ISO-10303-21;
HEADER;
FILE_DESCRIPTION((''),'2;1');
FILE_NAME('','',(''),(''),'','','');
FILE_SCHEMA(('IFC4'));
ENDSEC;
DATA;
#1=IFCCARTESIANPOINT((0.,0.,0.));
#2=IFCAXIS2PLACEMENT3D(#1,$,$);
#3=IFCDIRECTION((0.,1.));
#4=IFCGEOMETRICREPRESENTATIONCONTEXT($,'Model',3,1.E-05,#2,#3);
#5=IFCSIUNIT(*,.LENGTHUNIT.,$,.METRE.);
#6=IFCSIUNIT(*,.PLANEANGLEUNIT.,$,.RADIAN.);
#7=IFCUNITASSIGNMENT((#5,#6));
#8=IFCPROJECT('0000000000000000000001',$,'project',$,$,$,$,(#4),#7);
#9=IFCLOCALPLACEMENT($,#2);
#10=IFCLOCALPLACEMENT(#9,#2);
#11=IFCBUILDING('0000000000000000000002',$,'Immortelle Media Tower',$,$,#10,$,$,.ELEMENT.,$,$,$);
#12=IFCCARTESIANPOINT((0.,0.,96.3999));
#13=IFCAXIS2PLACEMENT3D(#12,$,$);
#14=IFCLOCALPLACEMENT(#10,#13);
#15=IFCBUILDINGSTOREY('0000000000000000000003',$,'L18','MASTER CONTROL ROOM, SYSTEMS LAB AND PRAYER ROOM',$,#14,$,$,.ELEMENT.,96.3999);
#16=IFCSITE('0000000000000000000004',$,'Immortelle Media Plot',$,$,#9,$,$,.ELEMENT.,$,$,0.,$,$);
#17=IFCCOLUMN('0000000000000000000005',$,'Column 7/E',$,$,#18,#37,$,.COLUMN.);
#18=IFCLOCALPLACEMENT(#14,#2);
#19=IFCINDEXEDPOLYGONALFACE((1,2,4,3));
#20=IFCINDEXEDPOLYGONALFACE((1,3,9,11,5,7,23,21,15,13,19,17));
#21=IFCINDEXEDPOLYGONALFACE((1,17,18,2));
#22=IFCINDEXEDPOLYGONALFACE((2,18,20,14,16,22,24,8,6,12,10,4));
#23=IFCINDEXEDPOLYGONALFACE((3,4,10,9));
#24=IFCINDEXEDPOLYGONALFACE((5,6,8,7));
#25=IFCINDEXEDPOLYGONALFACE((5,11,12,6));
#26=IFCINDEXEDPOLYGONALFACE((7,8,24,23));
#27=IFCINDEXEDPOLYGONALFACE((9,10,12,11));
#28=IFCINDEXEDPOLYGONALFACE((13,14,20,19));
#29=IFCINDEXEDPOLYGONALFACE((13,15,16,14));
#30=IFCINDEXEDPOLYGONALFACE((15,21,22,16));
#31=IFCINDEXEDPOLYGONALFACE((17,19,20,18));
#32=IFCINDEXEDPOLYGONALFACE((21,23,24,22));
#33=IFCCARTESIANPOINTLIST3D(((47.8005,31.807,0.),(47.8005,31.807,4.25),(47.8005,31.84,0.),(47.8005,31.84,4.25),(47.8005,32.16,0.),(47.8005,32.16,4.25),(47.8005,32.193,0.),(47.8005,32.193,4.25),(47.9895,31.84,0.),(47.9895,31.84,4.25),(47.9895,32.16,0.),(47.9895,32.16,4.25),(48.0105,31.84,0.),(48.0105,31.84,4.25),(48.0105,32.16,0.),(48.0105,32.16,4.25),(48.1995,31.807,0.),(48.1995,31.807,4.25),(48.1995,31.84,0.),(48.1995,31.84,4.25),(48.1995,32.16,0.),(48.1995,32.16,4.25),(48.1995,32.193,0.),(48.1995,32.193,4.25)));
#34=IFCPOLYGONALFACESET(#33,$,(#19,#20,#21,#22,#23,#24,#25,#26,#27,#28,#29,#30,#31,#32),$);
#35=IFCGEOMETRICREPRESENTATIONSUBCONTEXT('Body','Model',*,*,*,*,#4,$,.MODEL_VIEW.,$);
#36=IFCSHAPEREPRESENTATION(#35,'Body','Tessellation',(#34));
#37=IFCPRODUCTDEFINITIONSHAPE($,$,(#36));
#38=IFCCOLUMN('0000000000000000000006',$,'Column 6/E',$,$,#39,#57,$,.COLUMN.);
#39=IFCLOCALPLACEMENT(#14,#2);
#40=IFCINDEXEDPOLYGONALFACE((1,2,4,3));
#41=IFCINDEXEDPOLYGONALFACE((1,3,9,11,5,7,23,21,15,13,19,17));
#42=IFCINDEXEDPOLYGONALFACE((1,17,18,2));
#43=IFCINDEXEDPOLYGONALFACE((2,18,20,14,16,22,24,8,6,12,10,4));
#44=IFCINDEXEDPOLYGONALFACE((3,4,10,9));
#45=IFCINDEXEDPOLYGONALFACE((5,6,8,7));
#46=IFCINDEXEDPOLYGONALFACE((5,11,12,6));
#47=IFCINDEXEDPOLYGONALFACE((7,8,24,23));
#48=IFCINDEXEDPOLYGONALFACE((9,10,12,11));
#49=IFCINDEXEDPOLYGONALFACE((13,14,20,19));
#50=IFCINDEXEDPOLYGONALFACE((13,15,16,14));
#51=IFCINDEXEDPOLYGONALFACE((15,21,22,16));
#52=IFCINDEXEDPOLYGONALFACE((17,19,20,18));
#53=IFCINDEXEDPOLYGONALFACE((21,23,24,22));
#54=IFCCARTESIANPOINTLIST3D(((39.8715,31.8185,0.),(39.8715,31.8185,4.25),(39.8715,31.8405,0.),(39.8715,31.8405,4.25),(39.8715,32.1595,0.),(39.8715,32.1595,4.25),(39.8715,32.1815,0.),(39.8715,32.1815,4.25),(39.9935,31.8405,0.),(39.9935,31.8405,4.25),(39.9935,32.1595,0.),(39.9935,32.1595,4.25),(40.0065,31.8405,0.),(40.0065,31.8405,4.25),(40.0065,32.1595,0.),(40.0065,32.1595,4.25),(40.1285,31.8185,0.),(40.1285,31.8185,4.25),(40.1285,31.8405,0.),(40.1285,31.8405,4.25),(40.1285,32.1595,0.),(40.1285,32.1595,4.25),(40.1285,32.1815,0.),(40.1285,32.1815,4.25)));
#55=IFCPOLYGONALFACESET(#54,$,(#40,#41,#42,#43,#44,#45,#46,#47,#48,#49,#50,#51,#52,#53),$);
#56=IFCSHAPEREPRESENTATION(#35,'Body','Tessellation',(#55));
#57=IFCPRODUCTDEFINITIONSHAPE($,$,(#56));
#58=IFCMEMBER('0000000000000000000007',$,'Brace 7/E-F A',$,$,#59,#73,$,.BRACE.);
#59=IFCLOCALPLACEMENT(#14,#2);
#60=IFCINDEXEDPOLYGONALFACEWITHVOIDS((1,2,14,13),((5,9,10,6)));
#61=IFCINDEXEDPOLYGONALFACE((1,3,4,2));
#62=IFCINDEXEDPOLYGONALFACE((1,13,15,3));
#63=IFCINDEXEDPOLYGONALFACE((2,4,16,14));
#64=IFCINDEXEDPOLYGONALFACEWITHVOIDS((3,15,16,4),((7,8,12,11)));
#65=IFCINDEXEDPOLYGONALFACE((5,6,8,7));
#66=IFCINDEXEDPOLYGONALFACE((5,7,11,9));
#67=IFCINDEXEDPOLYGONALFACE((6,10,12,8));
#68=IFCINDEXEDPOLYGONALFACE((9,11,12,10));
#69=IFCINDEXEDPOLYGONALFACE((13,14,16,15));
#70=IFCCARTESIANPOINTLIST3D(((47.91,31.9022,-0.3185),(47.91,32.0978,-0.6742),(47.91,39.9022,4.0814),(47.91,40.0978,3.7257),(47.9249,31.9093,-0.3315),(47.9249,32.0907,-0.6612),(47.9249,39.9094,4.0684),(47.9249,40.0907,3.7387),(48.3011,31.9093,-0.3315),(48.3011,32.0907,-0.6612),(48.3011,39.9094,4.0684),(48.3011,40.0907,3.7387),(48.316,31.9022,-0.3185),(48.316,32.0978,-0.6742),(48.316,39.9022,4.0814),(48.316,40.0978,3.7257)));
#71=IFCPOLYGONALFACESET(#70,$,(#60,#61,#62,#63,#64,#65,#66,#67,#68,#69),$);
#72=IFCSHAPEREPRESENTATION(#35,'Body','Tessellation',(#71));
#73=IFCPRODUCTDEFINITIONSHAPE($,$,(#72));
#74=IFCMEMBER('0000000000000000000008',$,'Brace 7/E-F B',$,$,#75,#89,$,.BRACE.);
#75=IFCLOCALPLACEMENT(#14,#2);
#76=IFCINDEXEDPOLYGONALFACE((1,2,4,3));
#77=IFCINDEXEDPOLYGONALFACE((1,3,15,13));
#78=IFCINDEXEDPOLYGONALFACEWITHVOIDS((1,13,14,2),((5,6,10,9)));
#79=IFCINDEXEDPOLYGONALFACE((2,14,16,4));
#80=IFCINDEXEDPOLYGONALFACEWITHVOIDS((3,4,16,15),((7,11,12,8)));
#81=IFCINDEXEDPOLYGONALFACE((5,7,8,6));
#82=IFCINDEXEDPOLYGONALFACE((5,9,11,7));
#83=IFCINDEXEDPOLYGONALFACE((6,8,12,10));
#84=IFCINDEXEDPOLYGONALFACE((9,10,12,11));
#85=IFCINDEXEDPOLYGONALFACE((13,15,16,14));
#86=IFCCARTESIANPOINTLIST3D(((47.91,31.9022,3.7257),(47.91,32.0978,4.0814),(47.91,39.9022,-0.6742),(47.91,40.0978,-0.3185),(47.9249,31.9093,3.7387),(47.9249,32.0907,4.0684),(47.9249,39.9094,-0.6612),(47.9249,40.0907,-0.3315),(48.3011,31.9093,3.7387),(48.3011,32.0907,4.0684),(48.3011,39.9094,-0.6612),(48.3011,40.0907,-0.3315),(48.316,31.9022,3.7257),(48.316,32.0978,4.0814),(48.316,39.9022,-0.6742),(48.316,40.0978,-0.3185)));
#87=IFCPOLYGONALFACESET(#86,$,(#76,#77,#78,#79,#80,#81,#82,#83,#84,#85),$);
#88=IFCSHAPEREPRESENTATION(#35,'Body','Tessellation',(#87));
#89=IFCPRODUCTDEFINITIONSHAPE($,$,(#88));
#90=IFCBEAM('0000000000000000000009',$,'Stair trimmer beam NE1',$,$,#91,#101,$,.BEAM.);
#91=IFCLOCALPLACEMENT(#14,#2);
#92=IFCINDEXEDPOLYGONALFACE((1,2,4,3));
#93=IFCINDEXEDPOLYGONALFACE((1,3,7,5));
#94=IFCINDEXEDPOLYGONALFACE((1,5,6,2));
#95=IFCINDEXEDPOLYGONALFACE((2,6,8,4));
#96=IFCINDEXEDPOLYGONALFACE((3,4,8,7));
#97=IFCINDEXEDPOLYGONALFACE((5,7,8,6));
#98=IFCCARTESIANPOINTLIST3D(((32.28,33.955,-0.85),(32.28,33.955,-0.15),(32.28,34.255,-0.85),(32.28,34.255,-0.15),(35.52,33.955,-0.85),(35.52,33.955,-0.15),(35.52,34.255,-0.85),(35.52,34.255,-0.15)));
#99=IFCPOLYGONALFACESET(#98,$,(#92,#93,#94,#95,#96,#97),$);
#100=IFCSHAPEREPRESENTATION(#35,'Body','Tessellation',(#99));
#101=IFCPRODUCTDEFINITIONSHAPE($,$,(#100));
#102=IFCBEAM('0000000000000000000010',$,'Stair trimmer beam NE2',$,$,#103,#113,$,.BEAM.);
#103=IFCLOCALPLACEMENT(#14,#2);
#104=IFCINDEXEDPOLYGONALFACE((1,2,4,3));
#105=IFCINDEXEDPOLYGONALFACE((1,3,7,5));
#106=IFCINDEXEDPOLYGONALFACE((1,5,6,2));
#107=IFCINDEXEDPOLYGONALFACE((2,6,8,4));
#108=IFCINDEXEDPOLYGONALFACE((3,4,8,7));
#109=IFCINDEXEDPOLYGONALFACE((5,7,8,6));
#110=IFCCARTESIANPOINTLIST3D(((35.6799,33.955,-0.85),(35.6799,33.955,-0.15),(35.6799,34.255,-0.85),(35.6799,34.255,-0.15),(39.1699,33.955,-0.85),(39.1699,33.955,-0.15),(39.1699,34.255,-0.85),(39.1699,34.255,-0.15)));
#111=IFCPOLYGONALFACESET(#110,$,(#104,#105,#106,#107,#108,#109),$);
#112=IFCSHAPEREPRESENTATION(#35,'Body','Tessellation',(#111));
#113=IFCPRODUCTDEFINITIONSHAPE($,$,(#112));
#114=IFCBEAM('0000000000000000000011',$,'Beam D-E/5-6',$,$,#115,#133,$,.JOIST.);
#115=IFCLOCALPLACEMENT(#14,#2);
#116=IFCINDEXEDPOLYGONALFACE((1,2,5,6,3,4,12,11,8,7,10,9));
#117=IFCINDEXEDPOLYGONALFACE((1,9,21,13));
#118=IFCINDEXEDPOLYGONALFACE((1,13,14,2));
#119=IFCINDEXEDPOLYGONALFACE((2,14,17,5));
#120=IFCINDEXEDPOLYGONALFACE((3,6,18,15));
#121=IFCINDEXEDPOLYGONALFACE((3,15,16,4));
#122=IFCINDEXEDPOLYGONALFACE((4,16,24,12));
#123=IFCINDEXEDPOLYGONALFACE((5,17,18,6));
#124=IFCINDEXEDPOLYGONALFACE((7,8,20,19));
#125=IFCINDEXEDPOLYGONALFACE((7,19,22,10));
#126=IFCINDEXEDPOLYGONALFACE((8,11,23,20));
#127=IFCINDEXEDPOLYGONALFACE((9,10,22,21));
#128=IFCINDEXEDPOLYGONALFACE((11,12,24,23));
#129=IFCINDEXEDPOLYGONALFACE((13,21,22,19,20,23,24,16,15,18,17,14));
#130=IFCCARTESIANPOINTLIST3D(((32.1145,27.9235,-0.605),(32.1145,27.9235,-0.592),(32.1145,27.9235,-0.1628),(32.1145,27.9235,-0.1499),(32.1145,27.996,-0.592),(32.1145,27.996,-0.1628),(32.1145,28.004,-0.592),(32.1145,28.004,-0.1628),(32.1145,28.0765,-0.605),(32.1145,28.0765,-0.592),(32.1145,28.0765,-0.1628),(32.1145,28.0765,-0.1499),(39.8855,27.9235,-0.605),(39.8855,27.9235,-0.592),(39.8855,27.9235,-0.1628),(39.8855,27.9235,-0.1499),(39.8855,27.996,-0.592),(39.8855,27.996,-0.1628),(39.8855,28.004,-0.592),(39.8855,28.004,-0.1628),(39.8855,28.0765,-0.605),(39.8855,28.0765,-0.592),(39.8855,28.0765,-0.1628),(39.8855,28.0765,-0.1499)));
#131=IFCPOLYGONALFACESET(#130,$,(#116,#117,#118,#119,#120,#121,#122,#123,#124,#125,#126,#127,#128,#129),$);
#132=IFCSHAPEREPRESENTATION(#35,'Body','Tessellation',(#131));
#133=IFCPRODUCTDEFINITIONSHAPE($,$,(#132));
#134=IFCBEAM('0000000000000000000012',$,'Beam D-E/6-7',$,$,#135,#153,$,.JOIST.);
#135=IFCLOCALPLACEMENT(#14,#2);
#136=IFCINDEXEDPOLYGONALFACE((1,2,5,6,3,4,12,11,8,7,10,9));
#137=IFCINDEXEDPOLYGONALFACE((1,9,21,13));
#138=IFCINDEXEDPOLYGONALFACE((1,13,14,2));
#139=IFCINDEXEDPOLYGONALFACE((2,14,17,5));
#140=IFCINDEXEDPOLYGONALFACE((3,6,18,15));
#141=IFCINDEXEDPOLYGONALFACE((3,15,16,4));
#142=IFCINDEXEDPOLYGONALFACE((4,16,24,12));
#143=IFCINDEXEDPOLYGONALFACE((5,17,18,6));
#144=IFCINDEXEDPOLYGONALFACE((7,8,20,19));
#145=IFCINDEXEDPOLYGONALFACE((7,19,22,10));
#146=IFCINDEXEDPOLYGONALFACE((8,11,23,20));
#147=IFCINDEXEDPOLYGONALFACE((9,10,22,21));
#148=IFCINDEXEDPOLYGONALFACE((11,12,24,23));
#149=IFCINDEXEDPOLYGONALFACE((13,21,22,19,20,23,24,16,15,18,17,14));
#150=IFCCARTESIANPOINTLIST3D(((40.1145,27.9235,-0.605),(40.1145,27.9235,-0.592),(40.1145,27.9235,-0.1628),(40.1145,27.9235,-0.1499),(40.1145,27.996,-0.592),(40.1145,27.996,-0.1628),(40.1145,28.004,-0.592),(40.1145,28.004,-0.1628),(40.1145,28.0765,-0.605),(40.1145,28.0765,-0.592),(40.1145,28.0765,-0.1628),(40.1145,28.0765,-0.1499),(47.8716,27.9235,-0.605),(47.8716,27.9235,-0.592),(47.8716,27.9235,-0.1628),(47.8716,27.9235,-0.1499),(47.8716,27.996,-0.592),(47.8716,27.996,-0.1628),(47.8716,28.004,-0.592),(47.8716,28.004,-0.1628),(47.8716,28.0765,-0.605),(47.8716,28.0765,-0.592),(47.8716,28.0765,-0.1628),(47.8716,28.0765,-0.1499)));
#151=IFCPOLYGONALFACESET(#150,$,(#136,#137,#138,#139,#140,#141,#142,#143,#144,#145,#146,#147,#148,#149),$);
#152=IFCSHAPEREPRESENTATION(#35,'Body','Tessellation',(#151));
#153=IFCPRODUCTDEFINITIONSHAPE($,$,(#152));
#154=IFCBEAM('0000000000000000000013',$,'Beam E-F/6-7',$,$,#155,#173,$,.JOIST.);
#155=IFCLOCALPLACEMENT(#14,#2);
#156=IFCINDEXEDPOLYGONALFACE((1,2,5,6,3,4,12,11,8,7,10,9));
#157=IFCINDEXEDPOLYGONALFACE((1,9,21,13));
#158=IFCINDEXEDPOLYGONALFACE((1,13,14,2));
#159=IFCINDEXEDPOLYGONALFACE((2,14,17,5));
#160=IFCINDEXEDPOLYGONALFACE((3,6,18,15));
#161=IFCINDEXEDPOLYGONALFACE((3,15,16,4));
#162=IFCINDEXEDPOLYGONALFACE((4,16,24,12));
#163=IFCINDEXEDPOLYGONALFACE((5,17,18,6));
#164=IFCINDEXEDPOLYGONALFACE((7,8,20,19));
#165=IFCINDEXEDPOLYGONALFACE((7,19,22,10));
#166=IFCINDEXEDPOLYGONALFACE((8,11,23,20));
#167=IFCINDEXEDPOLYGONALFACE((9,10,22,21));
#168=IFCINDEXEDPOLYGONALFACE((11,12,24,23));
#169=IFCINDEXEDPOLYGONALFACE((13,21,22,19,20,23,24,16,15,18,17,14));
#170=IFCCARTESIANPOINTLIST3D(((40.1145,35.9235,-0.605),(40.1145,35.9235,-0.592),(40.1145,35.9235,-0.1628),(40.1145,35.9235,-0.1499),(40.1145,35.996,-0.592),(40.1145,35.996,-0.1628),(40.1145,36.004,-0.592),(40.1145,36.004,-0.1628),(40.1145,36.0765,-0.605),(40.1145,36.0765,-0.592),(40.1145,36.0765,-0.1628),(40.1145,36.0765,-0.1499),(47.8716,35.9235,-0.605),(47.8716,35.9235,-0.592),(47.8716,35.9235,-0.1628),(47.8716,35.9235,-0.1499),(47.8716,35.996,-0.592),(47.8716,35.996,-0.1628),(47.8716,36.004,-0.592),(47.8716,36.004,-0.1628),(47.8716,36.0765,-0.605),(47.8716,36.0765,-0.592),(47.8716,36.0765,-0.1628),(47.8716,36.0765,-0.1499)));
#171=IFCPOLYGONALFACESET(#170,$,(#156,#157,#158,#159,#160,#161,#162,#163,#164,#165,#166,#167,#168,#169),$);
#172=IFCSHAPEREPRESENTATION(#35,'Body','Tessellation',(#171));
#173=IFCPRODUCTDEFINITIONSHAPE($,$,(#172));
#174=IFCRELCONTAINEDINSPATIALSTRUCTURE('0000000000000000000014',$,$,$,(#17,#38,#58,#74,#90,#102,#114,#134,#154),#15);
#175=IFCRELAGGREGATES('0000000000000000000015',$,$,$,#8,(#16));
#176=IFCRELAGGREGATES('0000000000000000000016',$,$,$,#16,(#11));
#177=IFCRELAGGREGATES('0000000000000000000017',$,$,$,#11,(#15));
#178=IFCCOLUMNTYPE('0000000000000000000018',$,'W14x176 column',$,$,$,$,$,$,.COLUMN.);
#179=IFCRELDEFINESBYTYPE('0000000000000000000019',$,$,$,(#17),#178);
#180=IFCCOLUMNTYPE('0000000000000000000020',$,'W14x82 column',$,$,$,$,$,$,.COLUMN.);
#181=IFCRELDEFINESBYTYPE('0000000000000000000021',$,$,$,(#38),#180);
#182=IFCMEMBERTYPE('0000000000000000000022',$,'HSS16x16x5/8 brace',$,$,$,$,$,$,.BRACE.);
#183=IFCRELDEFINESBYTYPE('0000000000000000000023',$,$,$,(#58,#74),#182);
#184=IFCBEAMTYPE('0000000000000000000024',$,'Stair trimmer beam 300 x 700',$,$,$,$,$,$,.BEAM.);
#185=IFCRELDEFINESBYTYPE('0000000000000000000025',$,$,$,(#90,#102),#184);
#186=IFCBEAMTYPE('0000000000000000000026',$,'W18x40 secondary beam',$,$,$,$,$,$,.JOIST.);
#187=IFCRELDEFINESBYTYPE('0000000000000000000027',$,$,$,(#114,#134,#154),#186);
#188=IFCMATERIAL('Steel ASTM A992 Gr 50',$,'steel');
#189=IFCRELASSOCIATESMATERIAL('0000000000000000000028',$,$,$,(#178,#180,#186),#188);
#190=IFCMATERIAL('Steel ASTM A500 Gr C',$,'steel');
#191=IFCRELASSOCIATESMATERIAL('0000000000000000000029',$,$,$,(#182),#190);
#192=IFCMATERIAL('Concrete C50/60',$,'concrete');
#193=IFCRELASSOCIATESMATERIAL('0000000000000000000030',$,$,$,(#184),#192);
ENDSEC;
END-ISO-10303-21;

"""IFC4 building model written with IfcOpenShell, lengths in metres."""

from ifc_helpers import new_model, si_unit, direction, frame, origin, origin_2d, place, context, subcontext, project, spatial, rectangle, hollow_rectangle, i_section, extrude, material, material_profile, profile_set, type_object, element, save


model = new_model("IFC4")

# Units and contexts
model_context = context("Model", 3, precision=1e-05, world=origin(), true_north=direction((0.0, 1.0)))
body_context = subcontext(model_context, "Body", "Model", "MODEL_VIEW")
ifc_project = project(units=[si_unit("LENGTHUNIT", "METRE"), si_unit("PLANEANGLEUNIT", "RADIAN")], contexts=[model_context])

# Site, building, storey
site_placement = place(None, origin())
site = spatial("IfcSite", under=ifc_project, at=site_placement, Name="Immortelle Media Plot", CompositionType="ELEMENT", RefElevation=0.0)
building_placement = place(site_placement, origin())
building = spatial("IfcBuilding", under=site, at=building_placement, Name="Immortelle Media Tower", CompositionType="ELEMENT")
storey_placement = place(building_placement, frame((0.0, 0.0, 96.3999)))
storey = spatial("IfcBuildingStorey", under=building, at=storey_placement, Name="L18", Description="MASTER CONTROL ROOM, SYSTEMS LAB AND PRAYER ROOM", CompositionType="ELEMENT", Elevation=96.3999)

# Columns
ifc_material_1 = material(Name="Steel ASTM A992 Gr 50", Category="steel")
ifc_material_profile_1 = material_profile(ifc_material_1, i_section(OverallWidth=0.3989, OverallDepth=0.386, WebThickness=0.021, FlangeThickness=0.033, at=origin_2d()), Name="W14x176")
ifc_profile_set_1 = profile_set([ifc_material_profile_1], Name="Steel ASTM A992 Gr 50")
column_type_1 = type_object("IfcColumnType", Name="W14x176 column", PredefinedType="COLUMN", material=ifc_profile_set_1)
column_1_placement = place(storey_placement, frame((48.0, 32.0, 0.0), z_axis=(0.0, 0.0, 1.0), x_axis=(1.0, 0.0, 0.0)))
element("IfcColumn", 1, at=column_1_placement, inside=storey, type_object=column_type_1, Name="Column 7/E", PredefinedType="COLUMN", context=body_context, shape_type="SweptSolid", body=[
    extrude(i_section(OverallWidth=0.3989, OverallDepth=0.386, WebThickness=0.021, FlangeThickness=0.033, at=origin_2d()), origin(), (0.0, 0.0, 1.0), 4.25),
])
ifc_material_profile_2 = material_profile(ifc_material_1, i_section(OverallWidth=0.2571, OverallDepth=0.363, WebThickness=0.0129, FlangeThickness=0.022, at=origin_2d()), Name="W14x82")
ifc_profile_set_2 = profile_set([ifc_material_profile_2], Name="Steel ASTM A992 Gr 50")
column_type_2 = type_object("IfcColumnType", Name="W14x82 column", PredefinedType="COLUMN", material=ifc_profile_set_2)
column_2_placement = place(storey_placement, frame((40.0, 32.0, 0.0), z_axis=(0.0, 0.0, 1.0), x_axis=(1.0, 0.0, 0.0)))
element("IfcColumn", 2, at=column_2_placement, inside=storey, type_object=column_type_2, Name="Column 6/E", PredefinedType="COLUMN", context=body_context, shape_type="SweptSolid", body=[
    extrude(i_section(OverallWidth=0.2571, OverallDepth=0.363, WebThickness=0.0129, FlangeThickness=0.022, at=origin_2d()), origin(), (0.0, 0.0, 1.0), 4.25),
])

# Members
ifc_material_2 = material(Name="Steel ASTM A500 Gr C", Category="steel")
ifc_material_profile_3 = material_profile(ifc_material_2, hollow_rectangle(XDim=0.406, YDim=0.406, WallThickness=0.0149, at=origin_2d()), Name="HSS16x16x5/8 brace")
ifc_profile_set_3 = profile_set([ifc_material_profile_3], Name="Steel ASTM A500 Gr C")
member_type = type_object("IfcMemberType", Name="HSS16x16x5/8 brace", PredefinedType="BRACE", material=ifc_profile_set_3)
for number, where, z_axis, x_axis, name in (
    (3, (48.113, 32.0, -0.4963), (0.0, 0.87622, 0.481911), (-1.0, 0.0, 0.0), "Brace 7/E-F A"),
    (4, (48.113, 32.0, 3.9036), (0.0, 0.87622, -0.481911), (-1.0, 0.0, 0.0), "Brace 7/E-F B"),
):
    element("IfcMember", number, at=place(storey_placement, frame(where, z_axis=z_axis, x_axis=x_axis)), inside=storey, type_object=member_type, Name=name, PredefinedType="BRACE", context=body_context, shape_type="SweptSolid", body=[
        extrude(hollow_rectangle(XDim=0.406, YDim=0.406, WallThickness=0.0149, at=origin_2d()), origin(), (0.0, 0.0, 1.0), 9.1301),
    ])

# Beams
ifc_material_3 = material(Name="Concrete C50/60", Category="concrete")
ifc_material_profile_4 = material_profile(ifc_material_3, rectangle(XDim=0.3, YDim=0.7, at=origin_2d()), Name="RC 300x700")
ifc_profile_set_4 = profile_set([ifc_material_profile_4], Name="Concrete C50/60")
beam_type_1 = type_object("IfcBeamType", Name="Stair trimmer beam 300 x 700", PredefinedType="BEAM", material=ifc_profile_set_4)
beam_1_placement = place(storey_placement, frame((32.28, 34.105, -0.5), z_axis=(1.0, 0.0, 0.0), x_axis=(0.0, 1.0, 0.0)))
element("IfcBeam", 5, at=beam_1_placement, inside=storey, type_object=beam_type_1, Name="Stair trimmer beam NE1", PredefinedType="BEAM", context=body_context, shape_type="SweptSolid", body=[
    extrude(rectangle(XDim=0.3, YDim=0.7, at=origin_2d()), origin(), (0.0, 0.0, 1.0), 3.24),
])
beam_2_placement = place(storey_placement, frame((35.6799, 34.105, -0.5), z_axis=(1.0, 0.0, 0.0), x_axis=(0.0, 1.0, 0.0)))
element("IfcBeam", 6, at=beam_2_placement, inside=storey, type_object=beam_type_1, Name="Stair trimmer beam NE2", PredefinedType="BEAM", context=body_context, shape_type="SweptSolid", body=[
    extrude(rectangle(XDim=0.3, YDim=0.7, at=origin_2d()), origin(), (0.0, 0.0, 1.0), 3.49),
])
ifc_material_profile_5 = material_profile(ifc_material_1, i_section(OverallWidth=0.1531, OverallDepth=0.4551, WebThickness=0.0081, FlangeThickness=0.0129, at=origin_2d()), Name="W18x40")
ifc_profile_set_5 = profile_set([ifc_material_profile_5], Name="Steel ASTM A992 Gr 50")
beam_type_2 = type_object("IfcBeamType", Name="W18x40 secondary beam", PredefinedType="JOIST", material=ifc_profile_set_5)
beam_3_placement = place(storey_placement, frame((32.1145, 28.0, -0.3774), z_axis=(1.0, 0.0, 0.0), x_axis=(0.0, 1.0, 0.0)))
element("IfcBeam", 7, at=beam_3_placement, inside=storey, type_object=beam_type_2, Name="Beam D-E/5-6", PredefinedType="JOIST", context=body_context, shape_type="SweptSolid", body=[
    extrude(i_section(OverallWidth=0.1531, OverallDepth=0.4551, WebThickness=0.0081, FlangeThickness=0.0129, at=origin_2d()), origin(), (0.0, 0.0, 1.0), 7.771),
])
for number, where, z_axis, x_axis, name in (
    (8, (40.1145, 28.0, -0.3774), (1.0, 0.0, 0.0), (0.0, 1.0, 0.0), "Beam D-E/6-7"),
    (9, (40.1145, 36.0, -0.3774), (1.0, 0.0, 0.0), (0.0, 1.0, 0.0), "Beam E-F/6-7"),
):
    element("IfcBeam", number, at=place(storey_placement, frame(where, z_axis=z_axis, x_axis=x_axis)), inside=storey, type_object=beam_type_2, Name=name, PredefinedType="JOIST", context=body_context, shape_type="SweptSolid", body=[
        extrude(i_section(OverallWidth=0.1531, OverallDepth=0.4551, WebThickness=0.0081, FlangeThickness=0.0129, at=origin_2d()), origin(), (0.0, 0.0, 1.0), 7.7571),
    ])

save(model, "model.ifc")
